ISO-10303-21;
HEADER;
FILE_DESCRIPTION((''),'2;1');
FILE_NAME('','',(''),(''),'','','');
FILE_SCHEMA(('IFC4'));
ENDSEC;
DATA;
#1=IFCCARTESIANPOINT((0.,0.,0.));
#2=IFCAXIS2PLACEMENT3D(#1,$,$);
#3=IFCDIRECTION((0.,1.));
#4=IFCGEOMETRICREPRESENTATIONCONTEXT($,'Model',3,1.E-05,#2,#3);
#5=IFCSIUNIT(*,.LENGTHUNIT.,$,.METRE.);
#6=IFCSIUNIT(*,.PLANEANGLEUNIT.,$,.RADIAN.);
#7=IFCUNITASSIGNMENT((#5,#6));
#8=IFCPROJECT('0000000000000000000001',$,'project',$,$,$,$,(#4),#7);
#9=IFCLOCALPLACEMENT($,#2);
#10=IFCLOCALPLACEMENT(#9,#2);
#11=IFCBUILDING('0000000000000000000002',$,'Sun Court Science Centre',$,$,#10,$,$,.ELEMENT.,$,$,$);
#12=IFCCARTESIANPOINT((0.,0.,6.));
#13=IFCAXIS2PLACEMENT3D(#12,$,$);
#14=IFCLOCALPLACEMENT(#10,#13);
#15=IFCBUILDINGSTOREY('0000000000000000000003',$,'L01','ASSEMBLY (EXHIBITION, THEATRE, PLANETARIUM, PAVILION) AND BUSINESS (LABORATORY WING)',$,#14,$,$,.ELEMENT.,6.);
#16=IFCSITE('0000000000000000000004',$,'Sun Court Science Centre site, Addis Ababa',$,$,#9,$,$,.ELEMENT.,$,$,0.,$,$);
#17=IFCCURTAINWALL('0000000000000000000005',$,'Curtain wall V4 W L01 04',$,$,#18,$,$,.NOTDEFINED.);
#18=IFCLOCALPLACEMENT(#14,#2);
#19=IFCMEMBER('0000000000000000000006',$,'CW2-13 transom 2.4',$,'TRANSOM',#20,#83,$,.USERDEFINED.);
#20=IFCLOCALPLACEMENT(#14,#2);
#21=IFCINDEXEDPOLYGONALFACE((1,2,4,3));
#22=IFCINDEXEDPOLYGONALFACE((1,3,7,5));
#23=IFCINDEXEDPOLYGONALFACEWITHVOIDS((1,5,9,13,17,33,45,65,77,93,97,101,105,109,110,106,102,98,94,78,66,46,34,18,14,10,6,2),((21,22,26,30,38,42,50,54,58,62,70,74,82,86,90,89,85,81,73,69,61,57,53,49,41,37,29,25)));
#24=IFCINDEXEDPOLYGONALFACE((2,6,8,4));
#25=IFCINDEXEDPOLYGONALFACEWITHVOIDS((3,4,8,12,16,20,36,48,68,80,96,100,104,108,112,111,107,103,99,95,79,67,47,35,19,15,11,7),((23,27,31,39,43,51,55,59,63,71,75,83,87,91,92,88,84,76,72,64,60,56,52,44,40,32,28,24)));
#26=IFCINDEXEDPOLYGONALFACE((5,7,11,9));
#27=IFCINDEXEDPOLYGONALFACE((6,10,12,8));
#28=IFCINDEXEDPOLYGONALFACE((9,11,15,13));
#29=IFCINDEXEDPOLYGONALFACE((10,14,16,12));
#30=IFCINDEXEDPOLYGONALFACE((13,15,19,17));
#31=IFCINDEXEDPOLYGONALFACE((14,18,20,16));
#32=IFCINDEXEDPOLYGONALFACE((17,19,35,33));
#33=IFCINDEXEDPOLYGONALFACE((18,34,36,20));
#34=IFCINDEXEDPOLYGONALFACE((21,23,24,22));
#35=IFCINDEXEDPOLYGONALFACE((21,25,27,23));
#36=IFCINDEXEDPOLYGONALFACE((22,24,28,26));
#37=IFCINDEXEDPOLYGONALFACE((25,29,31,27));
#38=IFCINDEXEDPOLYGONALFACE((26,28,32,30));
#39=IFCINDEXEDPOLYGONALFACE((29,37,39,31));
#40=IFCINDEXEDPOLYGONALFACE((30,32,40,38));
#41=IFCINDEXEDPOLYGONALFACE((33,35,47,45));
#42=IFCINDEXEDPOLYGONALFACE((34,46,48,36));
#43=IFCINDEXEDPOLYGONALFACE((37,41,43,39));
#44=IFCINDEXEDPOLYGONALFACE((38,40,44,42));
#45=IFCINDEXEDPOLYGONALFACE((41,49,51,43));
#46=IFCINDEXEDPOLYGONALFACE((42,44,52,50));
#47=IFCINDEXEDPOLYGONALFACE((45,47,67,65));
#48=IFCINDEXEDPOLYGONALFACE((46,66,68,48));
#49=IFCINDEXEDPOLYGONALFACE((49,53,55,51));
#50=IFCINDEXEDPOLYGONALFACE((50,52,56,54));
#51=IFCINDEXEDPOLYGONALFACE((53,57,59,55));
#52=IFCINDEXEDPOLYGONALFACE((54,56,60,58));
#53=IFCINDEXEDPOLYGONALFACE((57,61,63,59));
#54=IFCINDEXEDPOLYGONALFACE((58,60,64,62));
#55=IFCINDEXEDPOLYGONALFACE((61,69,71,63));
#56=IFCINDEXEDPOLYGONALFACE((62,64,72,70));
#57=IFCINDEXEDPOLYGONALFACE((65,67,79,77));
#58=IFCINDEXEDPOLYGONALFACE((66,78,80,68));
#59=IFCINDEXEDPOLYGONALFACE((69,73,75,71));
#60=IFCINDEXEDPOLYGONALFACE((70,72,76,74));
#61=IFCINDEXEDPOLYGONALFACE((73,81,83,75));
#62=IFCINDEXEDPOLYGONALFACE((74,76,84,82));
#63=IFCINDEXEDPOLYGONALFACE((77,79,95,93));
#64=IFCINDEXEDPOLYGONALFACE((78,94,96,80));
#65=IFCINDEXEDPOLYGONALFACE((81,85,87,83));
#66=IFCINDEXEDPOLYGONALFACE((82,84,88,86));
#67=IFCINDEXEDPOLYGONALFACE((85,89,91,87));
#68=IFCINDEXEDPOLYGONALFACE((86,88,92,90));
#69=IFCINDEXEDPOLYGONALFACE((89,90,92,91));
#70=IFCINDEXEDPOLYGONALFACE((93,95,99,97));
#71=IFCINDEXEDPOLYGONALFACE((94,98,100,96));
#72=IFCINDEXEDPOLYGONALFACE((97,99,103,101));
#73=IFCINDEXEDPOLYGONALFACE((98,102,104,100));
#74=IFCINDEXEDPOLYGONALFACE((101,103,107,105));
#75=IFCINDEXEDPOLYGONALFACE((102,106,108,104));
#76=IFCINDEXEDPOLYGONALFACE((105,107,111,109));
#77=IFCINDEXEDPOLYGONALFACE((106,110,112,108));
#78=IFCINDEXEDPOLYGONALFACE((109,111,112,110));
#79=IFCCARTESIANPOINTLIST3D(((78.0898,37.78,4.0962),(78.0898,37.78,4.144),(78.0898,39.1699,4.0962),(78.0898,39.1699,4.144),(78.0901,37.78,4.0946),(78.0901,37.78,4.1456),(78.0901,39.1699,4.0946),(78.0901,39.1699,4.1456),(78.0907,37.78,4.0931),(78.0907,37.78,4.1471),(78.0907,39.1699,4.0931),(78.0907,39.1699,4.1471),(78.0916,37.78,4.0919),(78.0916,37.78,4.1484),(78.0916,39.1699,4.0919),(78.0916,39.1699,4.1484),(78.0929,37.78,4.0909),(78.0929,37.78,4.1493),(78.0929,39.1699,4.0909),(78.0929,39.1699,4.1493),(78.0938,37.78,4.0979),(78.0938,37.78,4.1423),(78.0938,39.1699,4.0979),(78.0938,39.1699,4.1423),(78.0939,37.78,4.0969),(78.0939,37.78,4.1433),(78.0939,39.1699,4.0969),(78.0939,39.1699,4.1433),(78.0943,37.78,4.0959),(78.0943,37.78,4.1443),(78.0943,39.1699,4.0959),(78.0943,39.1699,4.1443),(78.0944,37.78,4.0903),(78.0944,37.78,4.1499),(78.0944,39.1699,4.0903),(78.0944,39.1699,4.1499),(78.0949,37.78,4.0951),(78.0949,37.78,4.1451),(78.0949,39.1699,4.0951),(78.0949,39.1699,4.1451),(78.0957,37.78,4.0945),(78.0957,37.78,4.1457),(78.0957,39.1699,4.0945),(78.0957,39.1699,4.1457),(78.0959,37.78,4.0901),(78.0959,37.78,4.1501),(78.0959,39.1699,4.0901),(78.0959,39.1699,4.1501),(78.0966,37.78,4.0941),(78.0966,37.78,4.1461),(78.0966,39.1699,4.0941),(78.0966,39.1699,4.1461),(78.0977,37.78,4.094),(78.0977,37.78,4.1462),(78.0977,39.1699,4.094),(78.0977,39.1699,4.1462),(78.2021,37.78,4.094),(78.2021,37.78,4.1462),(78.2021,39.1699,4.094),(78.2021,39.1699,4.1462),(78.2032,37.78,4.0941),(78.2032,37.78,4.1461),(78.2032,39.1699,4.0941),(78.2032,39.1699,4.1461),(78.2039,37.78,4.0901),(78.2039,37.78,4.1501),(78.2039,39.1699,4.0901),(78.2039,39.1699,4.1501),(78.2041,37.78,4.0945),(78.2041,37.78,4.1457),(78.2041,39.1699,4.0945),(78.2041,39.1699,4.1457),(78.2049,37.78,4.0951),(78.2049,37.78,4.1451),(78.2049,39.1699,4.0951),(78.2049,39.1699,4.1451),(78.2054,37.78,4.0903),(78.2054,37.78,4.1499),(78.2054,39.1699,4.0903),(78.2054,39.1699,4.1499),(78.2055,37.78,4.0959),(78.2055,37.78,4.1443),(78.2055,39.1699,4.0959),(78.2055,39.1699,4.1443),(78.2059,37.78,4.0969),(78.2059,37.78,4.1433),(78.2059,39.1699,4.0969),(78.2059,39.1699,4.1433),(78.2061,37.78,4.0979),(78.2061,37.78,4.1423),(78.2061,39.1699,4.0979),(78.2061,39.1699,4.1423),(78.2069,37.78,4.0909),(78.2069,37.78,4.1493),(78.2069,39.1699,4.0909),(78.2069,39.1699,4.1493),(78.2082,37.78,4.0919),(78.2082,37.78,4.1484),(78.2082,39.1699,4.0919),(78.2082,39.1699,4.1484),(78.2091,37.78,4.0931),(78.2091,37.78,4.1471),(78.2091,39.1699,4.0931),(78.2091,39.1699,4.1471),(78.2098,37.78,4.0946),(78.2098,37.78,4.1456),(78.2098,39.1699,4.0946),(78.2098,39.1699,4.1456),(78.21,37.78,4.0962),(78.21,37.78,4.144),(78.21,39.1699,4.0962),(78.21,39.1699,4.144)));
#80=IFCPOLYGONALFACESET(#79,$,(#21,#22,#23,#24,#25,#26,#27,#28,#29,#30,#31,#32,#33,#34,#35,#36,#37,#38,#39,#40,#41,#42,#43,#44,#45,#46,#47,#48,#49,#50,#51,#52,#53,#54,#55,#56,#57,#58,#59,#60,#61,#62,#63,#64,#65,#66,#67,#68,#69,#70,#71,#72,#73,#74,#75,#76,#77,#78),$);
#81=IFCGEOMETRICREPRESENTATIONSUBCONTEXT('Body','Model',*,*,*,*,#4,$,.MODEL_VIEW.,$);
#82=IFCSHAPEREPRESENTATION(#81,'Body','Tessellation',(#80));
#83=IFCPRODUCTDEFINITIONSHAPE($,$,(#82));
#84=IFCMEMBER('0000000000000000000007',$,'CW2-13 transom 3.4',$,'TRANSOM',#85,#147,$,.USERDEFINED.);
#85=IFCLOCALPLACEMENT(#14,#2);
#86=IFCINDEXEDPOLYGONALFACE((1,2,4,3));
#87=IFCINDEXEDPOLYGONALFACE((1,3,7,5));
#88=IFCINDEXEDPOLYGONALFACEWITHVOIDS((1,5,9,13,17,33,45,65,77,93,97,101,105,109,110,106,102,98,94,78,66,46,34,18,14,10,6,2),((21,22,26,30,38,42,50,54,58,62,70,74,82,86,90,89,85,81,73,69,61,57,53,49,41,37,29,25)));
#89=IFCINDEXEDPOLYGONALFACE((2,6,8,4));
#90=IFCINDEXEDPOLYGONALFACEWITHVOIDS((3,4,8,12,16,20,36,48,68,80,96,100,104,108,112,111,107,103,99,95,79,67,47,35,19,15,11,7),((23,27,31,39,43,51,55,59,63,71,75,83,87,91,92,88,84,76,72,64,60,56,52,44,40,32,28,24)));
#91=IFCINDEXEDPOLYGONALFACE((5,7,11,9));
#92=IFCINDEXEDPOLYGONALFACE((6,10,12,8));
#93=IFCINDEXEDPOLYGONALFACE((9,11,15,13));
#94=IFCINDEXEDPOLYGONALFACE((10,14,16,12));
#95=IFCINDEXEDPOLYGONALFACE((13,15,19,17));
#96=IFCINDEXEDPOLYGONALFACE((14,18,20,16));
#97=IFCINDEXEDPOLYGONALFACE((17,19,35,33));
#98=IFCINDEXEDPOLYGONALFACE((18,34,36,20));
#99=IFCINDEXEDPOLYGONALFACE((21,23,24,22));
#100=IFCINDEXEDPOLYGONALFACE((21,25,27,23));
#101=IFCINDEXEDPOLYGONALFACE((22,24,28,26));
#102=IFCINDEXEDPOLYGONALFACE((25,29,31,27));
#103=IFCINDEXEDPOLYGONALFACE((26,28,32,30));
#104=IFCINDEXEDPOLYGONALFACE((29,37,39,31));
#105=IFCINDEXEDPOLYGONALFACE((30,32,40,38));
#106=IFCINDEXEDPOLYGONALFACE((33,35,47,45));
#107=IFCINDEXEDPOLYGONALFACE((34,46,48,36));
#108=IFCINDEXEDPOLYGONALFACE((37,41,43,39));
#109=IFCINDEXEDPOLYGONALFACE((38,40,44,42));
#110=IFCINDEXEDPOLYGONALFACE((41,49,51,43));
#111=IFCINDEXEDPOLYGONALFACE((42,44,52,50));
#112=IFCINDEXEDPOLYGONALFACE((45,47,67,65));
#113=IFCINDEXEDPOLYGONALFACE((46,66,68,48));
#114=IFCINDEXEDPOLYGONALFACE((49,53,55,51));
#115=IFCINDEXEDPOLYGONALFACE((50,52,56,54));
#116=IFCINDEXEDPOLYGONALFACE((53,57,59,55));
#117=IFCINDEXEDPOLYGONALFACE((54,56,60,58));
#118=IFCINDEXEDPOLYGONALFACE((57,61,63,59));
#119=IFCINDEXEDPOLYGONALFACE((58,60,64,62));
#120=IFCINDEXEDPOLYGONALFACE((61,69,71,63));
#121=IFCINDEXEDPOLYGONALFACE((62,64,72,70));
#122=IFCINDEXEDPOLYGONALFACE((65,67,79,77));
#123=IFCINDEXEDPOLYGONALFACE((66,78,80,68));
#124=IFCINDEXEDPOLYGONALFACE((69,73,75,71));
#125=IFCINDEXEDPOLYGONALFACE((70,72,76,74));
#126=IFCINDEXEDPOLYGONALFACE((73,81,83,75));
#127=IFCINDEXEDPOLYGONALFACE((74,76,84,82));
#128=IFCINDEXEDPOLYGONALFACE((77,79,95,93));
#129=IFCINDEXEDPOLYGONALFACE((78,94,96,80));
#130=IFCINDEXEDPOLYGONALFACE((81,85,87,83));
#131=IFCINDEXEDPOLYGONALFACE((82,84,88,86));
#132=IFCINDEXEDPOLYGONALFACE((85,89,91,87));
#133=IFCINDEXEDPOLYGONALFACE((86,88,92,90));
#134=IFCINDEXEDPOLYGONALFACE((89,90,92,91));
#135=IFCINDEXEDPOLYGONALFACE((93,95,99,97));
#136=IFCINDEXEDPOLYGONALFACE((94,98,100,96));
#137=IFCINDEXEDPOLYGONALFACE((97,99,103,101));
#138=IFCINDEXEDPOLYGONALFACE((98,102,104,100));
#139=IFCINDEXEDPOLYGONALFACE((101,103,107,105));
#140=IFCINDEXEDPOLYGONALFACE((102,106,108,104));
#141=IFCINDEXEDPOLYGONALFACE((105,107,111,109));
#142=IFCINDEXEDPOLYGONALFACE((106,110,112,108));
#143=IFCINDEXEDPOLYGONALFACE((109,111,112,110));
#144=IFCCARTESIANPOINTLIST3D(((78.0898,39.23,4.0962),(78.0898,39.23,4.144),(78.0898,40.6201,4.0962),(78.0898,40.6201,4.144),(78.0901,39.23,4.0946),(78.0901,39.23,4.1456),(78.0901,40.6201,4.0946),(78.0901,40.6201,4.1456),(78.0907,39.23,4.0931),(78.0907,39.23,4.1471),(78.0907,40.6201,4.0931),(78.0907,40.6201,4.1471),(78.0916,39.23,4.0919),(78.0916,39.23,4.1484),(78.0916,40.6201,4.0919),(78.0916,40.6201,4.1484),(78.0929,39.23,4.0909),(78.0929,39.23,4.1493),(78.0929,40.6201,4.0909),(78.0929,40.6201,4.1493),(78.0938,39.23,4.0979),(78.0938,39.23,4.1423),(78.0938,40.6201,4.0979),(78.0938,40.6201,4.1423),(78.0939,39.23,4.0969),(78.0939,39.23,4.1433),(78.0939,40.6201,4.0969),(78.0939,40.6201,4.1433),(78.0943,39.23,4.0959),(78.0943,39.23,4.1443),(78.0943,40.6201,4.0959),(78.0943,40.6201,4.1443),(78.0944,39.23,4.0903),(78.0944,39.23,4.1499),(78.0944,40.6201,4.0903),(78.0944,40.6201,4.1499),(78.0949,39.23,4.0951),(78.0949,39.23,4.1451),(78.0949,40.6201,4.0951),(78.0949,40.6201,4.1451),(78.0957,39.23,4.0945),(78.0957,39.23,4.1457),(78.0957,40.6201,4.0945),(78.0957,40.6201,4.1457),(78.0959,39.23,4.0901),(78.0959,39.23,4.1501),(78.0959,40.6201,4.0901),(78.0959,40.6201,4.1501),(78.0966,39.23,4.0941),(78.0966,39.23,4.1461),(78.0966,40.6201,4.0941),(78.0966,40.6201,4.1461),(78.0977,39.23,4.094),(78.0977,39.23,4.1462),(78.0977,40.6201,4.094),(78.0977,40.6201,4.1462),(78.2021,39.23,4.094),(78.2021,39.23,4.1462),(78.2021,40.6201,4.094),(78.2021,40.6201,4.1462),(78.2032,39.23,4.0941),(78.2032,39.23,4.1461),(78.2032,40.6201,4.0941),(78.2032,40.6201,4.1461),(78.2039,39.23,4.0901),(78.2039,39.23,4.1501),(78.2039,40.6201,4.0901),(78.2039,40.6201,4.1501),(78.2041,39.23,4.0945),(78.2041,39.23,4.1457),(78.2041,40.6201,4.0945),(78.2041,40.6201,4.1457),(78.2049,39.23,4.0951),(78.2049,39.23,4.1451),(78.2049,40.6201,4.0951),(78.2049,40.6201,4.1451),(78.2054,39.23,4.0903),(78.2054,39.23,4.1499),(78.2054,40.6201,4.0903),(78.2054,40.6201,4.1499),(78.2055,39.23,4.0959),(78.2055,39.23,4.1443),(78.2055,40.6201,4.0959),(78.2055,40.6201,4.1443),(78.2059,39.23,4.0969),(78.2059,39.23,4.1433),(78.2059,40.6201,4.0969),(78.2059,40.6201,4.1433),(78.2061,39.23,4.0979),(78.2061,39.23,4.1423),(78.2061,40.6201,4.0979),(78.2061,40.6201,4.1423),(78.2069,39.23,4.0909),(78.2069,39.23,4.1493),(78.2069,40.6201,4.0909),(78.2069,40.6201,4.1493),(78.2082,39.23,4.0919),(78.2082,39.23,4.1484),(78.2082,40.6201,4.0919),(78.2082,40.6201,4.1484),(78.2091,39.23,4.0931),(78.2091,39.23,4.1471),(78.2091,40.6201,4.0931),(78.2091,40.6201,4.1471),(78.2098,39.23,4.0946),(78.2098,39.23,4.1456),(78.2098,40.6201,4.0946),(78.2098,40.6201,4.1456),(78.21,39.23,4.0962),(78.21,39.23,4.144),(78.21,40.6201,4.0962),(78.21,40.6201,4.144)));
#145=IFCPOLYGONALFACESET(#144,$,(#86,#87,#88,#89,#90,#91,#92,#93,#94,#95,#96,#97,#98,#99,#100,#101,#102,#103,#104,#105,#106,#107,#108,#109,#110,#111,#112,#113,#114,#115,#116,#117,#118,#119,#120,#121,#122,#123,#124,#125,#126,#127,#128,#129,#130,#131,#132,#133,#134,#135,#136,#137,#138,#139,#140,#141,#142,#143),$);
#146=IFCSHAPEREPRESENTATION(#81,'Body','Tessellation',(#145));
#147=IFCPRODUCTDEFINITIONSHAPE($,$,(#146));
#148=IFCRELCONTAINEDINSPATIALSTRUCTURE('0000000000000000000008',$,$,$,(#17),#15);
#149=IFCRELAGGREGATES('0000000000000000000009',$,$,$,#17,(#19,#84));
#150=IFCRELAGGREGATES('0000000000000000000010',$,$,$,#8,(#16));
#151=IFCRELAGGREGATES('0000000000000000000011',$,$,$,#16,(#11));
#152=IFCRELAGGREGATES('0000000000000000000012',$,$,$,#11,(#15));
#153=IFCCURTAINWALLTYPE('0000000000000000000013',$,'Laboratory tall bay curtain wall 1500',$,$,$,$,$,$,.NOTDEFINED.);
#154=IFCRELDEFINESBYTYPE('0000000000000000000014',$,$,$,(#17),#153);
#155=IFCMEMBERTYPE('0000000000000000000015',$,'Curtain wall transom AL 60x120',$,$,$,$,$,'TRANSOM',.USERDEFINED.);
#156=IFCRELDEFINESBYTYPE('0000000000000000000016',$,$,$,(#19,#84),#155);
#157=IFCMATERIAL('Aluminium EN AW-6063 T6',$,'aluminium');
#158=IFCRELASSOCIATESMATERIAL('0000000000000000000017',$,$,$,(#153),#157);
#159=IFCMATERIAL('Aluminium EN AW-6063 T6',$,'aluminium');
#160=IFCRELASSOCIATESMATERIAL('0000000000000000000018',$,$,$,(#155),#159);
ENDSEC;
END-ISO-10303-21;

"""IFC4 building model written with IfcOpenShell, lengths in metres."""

from ifc_helpers import new_model, si_unit, direction, frame, origin, origin_2d, place, context, subcontext, project, spatial, hollow_rectangle, extrude, material, material_profile, profile_set, type_object, element, aggregate, save


model = new_model("IFC4")

# Units and contexts
model_context = context("Model", 3, precision=1e-05, world=origin(), true_north=direction((0.0, 1.0)))
body_context = subcontext(model_context, "Body", "Model", "MODEL_VIEW")
ifc_project = project(units=[si_unit("LENGTHUNIT", "METRE"), si_unit("PLANEANGLEUNIT", "RADIAN")], contexts=[model_context])

# Site, building, storey
site_placement = place(None, origin())
site = spatial("IfcSite", under=ifc_project, at=site_placement, Name="Sun Court Science Centre site, Addis Ababa", CompositionType="ELEMENT", RefElevation=0.0)
building_placement = place(site_placement, origin())
building = spatial("IfcBuilding", under=site, at=building_placement, Name="Sun Court Science Centre", CompositionType="ELEMENT")
storey_placement = place(building_placement, frame((0.0, 0.0, 6.0)))
storey = spatial("IfcBuildingStorey", under=building, at=storey_placement, Name="L01", Description="ASSEMBLY (EXHIBITION, THEATRE, PLANETARIUM, PAVILION) AND BUSINESS (LABORATORY WING)", CompositionType="ELEMENT", Elevation=6.0)

# Shared definitions
ifc_material_1 = material(Name="Aluminium EN AW-6063 T6", Category="aluminium")
curtain_wall_type = type_object("IfcCurtainWallType", Name="Laboratory tall bay curtain wall 1500", PredefinedType="NOTDEFINED", material=ifc_material_1)

# Curtain wall
curtain_wall_1_placement = place(storey_placement, origin())
curtain_wall_1 = element("IfcCurtainWall", 1, at=curtain_wall_1_placement, inside=storey, type_object=curtain_wall_type, Name="Curtain wall V4 W L01 04", PredefinedType="NOTDEFINED")

# Members
ifc_material_2 = material(Name="Aluminium EN AW-6063 T6", Category="aluminium")
ifc_material_profile_1 = material_profile(ifc_material_2, hollow_rectangle(XDim=0.0601, YDim=0.1201, WallThickness=0.0039, InnerFilletRadius=0.0039, OuterFilletRadius=0.0061, at=origin_2d()), Name="AL 60x120x4")
ifc_profile_set_1 = profile_set([ifc_material_profile_1], Name="Aluminium EN AW-6063 T6")
member_type_1 = type_object("IfcMemberType", Name="Curtain wall transom AL 60x120", ElementType="TRANSOM", PredefinedType="USERDEFINED", material=ifc_profile_set_1)
member_1_placement = place(storey_placement, frame((78.1499, 37.78, 4.1201), z_axis=(0.0, 1.0, 0.0), x_axis=(0.0, 0.0, 1.0)))
member_1 = element("IfcMember", 2, at=member_1_placement, type_object=member_type_1, Name="CW2-13 transom 2.4", ObjectType="TRANSOM", PredefinedType="USERDEFINED", context=body_context, shape_type="SweptSolid", body=[
    extrude(hollow_rectangle(XDim=0.0601, YDim=0.1201, WallThickness=0.0039, InnerFilletRadius=0.0039, OuterFilletRadius=0.0061, at=origin_2d()), origin(), (0.0, 0.0, 1.0), 1.3899),
])
member_2_placement = place(storey_placement, frame((78.1499, 39.23, 4.1201), z_axis=(0.0, 1.0, 0.0), x_axis=(0.0, 0.0, 1.0)))
member_2 = element("IfcMember", 3, at=member_2_placement, type_object=member_type_1, Name="CW2-13 transom 3.4", ObjectType="TRANSOM", PredefinedType="USERDEFINED", context=body_context, shape_type="SweptSolid", body=[
    extrude(hollow_rectangle(XDim=0.0601, YDim=0.1201, WallThickness=0.0039, InnerFilletRadius=0.0039, OuterFilletRadius=0.0061, at=origin_2d()), origin(), (0.0, 0.0, 1.0), 1.3901),
])

aggregate(curtain_wall_1, [member_1, member_2])

save(model, "model.ifc")
